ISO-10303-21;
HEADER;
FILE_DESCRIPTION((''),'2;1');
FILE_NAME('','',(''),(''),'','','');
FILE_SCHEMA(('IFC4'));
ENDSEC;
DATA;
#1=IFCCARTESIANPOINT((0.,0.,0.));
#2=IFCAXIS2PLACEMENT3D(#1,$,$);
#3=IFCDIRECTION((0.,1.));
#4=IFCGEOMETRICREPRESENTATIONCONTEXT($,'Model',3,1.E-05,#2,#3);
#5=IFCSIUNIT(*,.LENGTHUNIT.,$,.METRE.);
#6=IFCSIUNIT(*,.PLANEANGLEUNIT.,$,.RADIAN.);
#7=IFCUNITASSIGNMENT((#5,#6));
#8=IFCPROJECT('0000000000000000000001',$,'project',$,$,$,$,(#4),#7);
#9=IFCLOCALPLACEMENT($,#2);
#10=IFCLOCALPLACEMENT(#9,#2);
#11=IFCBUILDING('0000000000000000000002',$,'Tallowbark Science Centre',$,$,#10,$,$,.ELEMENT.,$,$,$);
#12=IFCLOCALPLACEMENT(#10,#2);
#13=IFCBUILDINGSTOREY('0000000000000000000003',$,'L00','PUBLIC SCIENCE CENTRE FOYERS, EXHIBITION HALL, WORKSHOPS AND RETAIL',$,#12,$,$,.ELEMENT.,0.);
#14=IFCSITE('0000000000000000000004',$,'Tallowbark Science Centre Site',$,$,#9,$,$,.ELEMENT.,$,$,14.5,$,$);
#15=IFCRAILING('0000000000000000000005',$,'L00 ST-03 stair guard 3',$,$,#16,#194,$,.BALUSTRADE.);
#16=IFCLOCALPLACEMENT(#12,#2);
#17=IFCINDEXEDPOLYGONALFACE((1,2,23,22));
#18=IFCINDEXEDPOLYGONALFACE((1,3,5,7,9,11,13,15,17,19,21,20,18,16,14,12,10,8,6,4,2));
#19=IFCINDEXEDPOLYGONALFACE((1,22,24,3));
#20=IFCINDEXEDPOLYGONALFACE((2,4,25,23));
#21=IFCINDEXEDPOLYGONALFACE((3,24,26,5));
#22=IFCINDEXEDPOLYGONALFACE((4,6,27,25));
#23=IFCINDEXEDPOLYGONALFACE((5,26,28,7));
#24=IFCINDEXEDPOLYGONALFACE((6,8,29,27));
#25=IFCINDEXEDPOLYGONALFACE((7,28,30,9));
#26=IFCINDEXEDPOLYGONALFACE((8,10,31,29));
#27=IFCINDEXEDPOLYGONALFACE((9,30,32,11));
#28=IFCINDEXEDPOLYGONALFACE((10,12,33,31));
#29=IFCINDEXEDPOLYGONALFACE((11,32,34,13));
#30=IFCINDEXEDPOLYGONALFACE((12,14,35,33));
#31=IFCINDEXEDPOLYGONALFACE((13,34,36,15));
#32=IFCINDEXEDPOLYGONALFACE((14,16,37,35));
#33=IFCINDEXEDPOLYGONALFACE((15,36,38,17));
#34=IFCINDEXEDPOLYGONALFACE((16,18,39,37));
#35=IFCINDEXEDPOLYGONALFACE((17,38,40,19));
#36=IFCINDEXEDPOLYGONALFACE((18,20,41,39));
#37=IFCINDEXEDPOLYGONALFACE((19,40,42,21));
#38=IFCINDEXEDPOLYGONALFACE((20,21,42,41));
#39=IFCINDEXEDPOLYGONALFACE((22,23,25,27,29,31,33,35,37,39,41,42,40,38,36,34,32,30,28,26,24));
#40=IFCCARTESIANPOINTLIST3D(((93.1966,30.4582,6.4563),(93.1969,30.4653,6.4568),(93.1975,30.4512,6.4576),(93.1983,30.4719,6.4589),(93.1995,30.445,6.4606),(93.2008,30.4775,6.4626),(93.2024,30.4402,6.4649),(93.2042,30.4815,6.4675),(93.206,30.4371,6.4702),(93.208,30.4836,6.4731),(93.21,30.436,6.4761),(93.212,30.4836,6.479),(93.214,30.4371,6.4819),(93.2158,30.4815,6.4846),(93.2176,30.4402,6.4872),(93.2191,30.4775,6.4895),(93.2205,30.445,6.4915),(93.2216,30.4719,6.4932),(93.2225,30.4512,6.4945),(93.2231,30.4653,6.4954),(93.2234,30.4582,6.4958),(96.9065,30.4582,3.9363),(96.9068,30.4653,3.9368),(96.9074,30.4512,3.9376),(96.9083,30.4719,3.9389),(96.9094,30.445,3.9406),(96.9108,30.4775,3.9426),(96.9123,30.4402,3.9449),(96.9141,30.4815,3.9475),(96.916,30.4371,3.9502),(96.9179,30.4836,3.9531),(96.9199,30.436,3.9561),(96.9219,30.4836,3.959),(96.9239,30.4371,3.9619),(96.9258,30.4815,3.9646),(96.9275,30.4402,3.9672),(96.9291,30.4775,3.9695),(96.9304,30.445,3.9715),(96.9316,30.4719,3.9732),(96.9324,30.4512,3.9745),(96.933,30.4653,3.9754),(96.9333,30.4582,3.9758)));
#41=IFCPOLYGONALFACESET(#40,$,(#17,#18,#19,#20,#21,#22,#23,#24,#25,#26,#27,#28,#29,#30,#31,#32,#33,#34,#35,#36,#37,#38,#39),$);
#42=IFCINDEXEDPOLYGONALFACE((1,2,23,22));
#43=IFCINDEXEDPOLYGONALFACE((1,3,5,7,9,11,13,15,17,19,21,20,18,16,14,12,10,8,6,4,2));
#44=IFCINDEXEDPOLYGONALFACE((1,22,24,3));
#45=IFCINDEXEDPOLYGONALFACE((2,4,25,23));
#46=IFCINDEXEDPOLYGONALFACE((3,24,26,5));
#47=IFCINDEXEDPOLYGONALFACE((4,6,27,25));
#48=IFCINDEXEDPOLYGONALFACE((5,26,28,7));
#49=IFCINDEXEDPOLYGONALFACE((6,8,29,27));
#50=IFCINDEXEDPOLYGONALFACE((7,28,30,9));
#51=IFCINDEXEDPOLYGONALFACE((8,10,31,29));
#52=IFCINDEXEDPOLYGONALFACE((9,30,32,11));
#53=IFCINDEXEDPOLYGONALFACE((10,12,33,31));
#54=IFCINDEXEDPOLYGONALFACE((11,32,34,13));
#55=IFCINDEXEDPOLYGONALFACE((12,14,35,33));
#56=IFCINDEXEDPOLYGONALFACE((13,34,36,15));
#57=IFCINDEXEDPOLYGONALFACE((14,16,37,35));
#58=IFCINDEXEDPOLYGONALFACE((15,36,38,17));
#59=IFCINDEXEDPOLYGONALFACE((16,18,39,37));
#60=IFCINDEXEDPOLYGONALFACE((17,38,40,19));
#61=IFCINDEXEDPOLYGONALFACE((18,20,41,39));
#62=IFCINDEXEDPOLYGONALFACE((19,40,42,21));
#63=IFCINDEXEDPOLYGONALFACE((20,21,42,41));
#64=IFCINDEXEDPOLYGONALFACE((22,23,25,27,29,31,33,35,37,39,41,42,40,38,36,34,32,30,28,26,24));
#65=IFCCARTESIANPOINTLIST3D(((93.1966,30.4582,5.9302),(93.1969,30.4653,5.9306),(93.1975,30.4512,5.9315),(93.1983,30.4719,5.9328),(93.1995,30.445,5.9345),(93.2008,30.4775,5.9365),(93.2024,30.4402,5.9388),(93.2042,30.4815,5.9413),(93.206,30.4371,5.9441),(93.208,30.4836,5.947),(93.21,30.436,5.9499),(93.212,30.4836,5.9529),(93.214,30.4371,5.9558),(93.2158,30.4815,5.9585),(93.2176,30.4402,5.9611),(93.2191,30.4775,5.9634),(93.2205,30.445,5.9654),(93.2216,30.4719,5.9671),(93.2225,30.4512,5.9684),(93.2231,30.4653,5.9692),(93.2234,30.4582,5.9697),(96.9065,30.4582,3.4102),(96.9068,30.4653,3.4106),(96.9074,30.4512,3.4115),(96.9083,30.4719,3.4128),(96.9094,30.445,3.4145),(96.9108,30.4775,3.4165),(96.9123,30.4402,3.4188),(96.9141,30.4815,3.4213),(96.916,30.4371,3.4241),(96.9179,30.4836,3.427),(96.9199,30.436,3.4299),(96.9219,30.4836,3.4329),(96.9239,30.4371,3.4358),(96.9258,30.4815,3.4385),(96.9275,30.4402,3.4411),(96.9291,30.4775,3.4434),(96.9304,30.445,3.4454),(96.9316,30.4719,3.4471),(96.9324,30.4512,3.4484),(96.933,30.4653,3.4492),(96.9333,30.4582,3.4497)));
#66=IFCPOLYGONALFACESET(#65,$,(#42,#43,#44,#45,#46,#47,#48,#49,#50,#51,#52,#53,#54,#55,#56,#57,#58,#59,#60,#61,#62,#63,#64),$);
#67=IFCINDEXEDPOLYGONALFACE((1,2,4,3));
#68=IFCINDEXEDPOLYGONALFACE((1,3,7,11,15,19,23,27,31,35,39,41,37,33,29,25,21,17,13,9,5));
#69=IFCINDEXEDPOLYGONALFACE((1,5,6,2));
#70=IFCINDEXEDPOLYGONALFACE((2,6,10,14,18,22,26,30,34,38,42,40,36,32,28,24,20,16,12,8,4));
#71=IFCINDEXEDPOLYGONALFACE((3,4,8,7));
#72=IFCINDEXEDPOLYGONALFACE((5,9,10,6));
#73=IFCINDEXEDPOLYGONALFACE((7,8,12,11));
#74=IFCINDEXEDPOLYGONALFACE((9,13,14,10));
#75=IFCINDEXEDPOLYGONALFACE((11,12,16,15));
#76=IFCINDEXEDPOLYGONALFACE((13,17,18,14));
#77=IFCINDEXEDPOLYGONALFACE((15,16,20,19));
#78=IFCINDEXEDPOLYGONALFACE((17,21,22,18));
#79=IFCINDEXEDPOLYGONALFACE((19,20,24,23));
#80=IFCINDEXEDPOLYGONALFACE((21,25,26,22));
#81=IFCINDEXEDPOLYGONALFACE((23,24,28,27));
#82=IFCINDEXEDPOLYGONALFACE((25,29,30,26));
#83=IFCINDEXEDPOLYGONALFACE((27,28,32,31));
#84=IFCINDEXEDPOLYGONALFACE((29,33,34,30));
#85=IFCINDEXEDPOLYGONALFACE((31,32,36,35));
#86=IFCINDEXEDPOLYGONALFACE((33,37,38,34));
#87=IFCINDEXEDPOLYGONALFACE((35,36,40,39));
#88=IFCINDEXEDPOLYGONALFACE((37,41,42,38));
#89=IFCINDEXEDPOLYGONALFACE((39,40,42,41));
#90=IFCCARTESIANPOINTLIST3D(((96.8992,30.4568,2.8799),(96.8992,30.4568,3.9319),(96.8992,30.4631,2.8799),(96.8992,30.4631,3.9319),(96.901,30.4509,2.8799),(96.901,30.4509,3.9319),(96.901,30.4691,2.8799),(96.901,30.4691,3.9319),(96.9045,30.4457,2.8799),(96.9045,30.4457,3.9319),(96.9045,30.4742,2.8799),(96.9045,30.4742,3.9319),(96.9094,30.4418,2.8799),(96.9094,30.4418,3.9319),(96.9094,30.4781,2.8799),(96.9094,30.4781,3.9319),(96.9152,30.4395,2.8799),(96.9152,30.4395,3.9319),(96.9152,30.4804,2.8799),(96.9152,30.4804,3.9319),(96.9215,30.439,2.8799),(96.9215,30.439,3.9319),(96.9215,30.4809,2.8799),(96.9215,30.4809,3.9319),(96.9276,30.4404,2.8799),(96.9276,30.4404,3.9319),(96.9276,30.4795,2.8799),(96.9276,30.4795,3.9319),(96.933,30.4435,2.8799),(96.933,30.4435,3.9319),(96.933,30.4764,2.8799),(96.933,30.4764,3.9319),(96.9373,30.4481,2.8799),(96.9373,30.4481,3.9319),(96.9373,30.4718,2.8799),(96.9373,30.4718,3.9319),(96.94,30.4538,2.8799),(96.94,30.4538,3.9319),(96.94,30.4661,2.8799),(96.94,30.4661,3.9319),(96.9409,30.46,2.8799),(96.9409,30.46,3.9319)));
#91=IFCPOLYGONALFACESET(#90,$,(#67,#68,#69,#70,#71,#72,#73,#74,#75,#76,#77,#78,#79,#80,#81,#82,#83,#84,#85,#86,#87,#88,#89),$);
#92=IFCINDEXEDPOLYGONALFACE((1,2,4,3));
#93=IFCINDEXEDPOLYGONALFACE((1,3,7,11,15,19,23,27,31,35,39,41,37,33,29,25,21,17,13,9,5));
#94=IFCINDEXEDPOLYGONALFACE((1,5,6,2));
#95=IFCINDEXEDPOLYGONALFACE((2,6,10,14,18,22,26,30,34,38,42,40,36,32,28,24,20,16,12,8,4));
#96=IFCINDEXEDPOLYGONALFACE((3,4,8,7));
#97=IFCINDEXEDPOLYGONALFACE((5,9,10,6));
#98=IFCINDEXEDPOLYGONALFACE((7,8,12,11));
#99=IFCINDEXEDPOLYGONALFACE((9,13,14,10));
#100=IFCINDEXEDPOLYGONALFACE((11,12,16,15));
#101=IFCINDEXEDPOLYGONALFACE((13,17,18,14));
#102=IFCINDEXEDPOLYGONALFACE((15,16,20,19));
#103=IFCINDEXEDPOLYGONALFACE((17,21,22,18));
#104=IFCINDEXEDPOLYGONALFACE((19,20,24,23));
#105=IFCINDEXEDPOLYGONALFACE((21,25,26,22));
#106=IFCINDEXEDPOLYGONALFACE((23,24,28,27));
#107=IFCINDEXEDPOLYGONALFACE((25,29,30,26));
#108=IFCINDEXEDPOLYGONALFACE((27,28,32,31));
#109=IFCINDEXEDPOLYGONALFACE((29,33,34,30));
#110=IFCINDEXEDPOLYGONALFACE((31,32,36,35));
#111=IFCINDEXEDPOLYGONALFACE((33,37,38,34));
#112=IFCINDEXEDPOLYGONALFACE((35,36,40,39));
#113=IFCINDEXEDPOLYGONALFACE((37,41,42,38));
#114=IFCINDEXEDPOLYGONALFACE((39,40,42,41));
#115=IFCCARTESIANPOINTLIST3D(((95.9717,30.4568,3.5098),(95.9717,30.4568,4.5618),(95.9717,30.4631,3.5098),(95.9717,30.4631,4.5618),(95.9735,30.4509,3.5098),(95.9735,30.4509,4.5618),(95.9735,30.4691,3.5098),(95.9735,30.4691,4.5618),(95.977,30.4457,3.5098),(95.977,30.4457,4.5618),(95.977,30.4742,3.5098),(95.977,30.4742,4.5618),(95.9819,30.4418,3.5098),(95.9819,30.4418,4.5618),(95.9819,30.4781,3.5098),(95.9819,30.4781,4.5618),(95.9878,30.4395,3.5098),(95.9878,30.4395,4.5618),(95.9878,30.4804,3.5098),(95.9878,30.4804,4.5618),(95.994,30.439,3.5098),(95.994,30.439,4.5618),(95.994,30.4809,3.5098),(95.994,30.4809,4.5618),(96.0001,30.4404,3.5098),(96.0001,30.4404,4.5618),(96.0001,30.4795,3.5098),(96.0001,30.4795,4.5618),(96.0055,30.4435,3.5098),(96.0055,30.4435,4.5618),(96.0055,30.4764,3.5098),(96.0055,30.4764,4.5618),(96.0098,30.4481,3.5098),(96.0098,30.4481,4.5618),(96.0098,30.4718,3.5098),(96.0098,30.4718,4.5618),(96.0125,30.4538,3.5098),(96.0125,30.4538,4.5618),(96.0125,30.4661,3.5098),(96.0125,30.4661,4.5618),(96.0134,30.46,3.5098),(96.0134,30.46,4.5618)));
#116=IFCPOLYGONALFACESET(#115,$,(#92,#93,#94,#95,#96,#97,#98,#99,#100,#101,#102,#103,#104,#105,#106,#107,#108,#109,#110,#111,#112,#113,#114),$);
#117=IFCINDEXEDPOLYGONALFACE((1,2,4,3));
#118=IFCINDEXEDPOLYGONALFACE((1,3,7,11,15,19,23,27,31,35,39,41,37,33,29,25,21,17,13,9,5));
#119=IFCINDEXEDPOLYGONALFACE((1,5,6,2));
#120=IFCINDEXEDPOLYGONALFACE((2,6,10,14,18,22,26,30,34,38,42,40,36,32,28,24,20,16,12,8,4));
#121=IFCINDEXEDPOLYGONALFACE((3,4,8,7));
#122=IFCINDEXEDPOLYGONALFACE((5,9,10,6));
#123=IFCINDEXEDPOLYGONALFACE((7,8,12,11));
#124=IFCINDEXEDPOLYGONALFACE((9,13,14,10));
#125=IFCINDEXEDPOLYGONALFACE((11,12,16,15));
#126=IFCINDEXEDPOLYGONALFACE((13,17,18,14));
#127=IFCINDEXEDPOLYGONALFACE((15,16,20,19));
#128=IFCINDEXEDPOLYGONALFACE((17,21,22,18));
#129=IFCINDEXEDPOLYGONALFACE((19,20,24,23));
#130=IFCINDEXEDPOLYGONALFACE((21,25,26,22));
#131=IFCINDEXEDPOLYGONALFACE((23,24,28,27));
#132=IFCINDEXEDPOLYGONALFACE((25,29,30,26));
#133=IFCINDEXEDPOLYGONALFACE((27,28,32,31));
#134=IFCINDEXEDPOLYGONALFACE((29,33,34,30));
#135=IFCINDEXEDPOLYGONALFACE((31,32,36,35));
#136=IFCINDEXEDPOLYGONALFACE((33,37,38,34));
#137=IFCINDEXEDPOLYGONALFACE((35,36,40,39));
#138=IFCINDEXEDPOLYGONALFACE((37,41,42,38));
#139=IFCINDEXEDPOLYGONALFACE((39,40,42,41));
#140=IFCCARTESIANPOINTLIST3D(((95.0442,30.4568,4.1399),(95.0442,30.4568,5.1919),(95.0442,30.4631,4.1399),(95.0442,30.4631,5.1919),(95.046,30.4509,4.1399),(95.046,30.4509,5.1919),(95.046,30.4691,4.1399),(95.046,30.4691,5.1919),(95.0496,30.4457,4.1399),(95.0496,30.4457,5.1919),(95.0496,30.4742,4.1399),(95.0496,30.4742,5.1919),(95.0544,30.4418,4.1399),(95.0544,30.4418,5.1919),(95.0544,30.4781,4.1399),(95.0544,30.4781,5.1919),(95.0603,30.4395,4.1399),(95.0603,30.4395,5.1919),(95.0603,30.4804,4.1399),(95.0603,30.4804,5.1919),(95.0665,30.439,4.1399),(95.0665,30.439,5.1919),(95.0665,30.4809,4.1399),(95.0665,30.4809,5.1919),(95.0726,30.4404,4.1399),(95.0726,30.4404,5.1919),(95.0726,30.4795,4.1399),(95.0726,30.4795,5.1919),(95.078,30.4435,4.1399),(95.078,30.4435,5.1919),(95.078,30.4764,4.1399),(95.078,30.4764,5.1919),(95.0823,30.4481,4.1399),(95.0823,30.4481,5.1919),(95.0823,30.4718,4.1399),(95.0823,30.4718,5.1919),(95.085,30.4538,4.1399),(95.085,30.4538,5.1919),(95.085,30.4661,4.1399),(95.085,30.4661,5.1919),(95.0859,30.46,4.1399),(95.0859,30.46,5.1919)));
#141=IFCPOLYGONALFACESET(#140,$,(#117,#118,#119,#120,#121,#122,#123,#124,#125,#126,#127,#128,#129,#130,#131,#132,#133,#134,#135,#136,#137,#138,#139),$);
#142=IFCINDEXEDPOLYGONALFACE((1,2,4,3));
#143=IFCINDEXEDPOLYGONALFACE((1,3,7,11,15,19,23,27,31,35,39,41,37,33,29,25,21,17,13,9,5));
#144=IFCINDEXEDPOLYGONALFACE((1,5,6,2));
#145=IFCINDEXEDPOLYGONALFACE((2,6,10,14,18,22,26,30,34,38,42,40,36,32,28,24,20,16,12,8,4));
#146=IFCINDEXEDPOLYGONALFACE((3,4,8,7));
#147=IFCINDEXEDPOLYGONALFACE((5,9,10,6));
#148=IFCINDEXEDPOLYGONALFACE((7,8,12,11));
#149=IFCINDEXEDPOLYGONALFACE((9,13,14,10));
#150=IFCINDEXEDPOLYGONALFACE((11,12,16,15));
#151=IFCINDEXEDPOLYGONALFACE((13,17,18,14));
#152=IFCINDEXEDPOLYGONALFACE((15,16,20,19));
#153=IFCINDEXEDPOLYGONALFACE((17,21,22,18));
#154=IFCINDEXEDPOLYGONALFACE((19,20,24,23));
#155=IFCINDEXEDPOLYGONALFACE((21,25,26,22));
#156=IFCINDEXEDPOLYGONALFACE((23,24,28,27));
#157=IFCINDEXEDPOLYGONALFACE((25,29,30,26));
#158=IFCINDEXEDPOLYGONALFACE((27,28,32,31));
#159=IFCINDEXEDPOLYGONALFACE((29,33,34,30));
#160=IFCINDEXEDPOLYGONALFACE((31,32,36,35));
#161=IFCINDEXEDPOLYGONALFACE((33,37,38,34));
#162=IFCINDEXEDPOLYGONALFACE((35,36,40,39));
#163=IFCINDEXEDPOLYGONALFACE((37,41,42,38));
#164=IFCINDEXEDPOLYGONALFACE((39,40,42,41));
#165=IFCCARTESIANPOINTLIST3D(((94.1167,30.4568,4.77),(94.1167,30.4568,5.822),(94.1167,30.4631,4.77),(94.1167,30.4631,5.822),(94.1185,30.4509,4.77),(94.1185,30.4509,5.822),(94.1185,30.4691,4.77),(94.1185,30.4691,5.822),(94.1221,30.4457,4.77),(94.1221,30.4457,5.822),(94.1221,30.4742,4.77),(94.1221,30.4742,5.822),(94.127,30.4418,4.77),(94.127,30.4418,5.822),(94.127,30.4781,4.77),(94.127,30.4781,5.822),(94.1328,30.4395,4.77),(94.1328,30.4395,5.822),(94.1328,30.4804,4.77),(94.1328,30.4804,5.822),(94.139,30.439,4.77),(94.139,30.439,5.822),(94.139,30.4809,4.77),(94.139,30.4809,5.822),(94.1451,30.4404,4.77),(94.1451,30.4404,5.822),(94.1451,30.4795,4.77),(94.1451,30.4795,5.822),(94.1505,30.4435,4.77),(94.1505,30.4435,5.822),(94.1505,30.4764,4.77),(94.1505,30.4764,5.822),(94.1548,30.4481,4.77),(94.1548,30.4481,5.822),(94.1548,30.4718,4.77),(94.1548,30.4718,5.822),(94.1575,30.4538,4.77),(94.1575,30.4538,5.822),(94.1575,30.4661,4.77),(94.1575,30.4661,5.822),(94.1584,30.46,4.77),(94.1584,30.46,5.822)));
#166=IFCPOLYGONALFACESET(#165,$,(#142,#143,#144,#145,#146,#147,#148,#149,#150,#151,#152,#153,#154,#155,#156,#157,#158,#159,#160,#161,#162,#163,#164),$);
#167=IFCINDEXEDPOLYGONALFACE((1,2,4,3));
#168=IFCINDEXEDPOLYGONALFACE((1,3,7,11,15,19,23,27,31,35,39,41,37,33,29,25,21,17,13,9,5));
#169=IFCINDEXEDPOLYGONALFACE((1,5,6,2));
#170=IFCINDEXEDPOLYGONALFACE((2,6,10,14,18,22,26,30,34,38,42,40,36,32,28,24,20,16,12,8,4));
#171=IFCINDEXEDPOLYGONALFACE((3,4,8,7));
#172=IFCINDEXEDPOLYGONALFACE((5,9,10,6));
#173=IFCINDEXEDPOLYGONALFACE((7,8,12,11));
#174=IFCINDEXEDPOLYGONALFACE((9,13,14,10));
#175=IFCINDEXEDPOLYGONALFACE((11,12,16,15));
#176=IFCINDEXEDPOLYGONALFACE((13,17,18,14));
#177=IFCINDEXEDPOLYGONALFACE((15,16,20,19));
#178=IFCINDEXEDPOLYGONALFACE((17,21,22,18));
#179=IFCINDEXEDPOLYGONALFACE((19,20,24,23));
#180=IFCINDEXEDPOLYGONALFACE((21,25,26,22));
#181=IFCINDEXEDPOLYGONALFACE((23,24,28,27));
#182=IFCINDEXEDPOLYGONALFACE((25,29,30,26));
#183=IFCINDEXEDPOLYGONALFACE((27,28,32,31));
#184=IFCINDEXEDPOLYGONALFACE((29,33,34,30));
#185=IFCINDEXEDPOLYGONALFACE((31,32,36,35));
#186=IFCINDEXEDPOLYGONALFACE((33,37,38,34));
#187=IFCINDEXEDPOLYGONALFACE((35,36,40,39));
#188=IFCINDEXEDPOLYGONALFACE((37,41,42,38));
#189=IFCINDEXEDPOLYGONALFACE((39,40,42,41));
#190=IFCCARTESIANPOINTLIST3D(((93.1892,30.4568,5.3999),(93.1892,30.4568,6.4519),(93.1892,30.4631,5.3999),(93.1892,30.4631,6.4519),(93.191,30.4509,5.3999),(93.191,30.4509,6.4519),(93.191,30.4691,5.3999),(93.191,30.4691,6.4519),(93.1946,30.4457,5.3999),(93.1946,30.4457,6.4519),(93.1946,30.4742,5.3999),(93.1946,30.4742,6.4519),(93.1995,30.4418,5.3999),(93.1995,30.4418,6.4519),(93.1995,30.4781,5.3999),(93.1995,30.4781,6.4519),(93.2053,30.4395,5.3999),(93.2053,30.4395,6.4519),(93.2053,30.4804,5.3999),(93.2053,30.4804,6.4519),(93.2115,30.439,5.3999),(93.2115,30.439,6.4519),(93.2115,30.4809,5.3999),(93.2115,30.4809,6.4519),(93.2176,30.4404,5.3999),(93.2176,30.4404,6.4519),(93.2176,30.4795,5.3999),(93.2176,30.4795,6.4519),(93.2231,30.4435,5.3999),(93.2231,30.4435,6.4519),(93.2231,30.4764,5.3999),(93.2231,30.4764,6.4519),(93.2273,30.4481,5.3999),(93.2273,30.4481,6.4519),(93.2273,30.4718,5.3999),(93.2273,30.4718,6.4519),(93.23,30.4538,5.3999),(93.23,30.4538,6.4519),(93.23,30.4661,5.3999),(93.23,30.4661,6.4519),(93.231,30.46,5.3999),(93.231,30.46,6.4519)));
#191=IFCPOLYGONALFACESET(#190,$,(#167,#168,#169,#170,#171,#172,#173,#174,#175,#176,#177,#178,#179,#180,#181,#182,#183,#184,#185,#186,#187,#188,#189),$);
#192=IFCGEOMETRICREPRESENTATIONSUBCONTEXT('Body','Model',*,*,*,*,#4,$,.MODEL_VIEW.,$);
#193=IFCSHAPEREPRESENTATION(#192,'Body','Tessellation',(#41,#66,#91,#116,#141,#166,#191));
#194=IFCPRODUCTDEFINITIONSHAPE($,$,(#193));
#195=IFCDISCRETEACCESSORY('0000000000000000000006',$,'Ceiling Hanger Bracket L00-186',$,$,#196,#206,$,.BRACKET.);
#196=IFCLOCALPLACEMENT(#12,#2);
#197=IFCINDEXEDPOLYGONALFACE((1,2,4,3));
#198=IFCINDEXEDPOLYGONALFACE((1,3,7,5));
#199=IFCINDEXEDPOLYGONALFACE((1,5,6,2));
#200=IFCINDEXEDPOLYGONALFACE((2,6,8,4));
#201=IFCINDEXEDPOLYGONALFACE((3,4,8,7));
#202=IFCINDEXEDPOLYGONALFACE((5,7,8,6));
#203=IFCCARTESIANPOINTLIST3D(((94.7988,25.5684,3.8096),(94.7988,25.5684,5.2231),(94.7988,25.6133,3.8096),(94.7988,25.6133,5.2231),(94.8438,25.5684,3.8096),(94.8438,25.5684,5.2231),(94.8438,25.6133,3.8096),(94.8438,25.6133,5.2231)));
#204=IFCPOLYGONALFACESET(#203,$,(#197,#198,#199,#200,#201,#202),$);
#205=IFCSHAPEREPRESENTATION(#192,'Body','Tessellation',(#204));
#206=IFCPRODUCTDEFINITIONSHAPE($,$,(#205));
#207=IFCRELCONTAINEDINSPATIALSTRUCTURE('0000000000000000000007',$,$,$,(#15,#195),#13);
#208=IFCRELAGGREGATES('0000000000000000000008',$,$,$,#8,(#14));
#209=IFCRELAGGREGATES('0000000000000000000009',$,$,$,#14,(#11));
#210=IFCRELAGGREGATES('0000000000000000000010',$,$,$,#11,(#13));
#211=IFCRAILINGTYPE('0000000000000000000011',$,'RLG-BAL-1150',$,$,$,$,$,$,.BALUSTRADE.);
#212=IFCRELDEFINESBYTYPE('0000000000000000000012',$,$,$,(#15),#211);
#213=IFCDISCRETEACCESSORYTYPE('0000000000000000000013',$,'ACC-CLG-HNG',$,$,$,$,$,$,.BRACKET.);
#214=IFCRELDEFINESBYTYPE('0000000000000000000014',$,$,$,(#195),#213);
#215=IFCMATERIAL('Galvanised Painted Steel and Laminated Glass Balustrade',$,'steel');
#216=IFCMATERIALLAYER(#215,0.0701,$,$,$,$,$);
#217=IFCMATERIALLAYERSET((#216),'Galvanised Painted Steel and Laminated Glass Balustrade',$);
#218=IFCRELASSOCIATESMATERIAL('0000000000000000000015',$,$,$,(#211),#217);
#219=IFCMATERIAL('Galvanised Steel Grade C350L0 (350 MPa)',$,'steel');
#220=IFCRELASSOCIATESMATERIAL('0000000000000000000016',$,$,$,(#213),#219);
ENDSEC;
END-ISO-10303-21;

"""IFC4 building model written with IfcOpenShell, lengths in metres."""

from ifc_helpers import new_model, si_unit, direction, frame, origin, origin_2d, place, context, subcontext, project, spatial, rectangle, circle, extrude, material, layer, layer_set, type_object, element, save


model = new_model("IFC4")

# Units and contexts
model_context = context("Model", 3, precision=1e-05, world=origin(), true_north=direction((0.0, 1.0)))
body_context = subcontext(model_context, "Body", "Model", "MODEL_VIEW")
ifc_project = project(units=[si_unit("LENGTHUNIT", "METRE"), si_unit("PLANEANGLEUNIT", "RADIAN")], contexts=[model_context])

# Site, building, storey
site_placement = place(None, origin())
site = spatial("IfcSite", under=ifc_project, at=site_placement, Name="Tallowbark Science Centre Site", CompositionType="ELEMENT", RefElevation=14.5)
building_placement = place(site_placement, origin())
building = spatial("IfcBuilding", under=site, at=building_placement, Name="Tallowbark Science Centre", CompositionType="ELEMENT")
storey_placement = place(building_placement, origin())
storey = spatial("IfcBuildingStorey", under=building, at=storey_placement, Name="L00", Description="PUBLIC SCIENCE CENTRE FOYERS, EXHIBITION HALL, WORKSHOPS AND RETAIL", CompositionType="ELEMENT", Elevation=0.0)

# Railing
ifc_material_1 = material(Name="Galvanised Painted Steel and Laminated Glass Balustrade", Category="steel")
ifc_layer_1 = layer(ifc_material_1, 0.0701)
ifc_layer_set_1 = layer_set([ifc_layer_1], Name="Galvanised Painted Steel and Laminated Glass Balustrade")
railing_type = type_object("IfcRailingType", Name="RLG-BAL-1150", PredefinedType="BALUSTRADE", material=ifc_layer_set_1)
railing_1_placement = place(storey_placement, frame((96.9199, 30.46, 2.8799)))
element("IfcRailing", 1, at=railing_1_placement, inside=storey, type_object=railing_type, Name="L00 ST-03 stair guard 3", PredefinedType="BALUSTRADE", context=body_context, shape_type="SweptSolid", body=[
    extrude(circle(Radius=0.0239, at=origin_2d()), frame((0.0, 0.0, 1.0762), z_axis=(-0.827212, 0.0, 0.56189), x_axis=(0.0, -1.0, 0.0)), (0.0, 0.0, 1.0), 4.4849),
    extrude(circle(Radius=0.0239, at=origin_2d()), frame((0.0, 0.0, 0.55), z_axis=(-0.827212, 0.0, 0.56189), x_axis=(0.0, -1.0, 0.0)), (0.0, 0.0, 1.0), 4.4849),
    extrude(circle(Radius=0.021, at=origin_2d()), origin(), (0.0, 0.0, 1.0), 1.052),
    extrude(circle(Radius=0.021, at=origin_2d()), frame((-0.9275, 0.0, 0.6299)), (0.0, 0.0, 1.0), 1.052),
    extrude(circle(Radius=0.021, at=origin_2d()), frame((-1.855, 0.0, 1.26)), (0.0, 0.0, 1.0), 1.052),
    extrude(circle(Radius=0.021, at=origin_2d()), frame((-2.7825, 0.0, 1.8901)), (0.0, 0.0, 1.0), 1.052),
    extrude(circle(Radius=0.021, at=origin_2d()), frame((-3.71, 0.0, 2.52)), (0.0, 0.0, 1.0), 1.052),
])

# Discrete accessory
ifc_material_2 = material(Name="Galvanised Steel Grade C350L0 (350 MPa)", Category="steel")
discrete_accessory_type = type_object("IfcDiscreteAccessoryType", Name="ACC-CLG-HNG", PredefinedType="BRACKET", material=ifc_material_2)
for number, where, z_axis, x_axis, name in (
    (2, (94.8213, 25.5908, 3.8096), (0.0, 0.0, 1.0), (1.0, 0.0, 0.0), "Ceiling Hanger Bracket L00-186"),
):
    element("IfcDiscreteAccessory", number, at=place(storey_placement, frame(where, z_axis=z_axis, x_axis=x_axis)), inside=storey, type_object=discrete_accessory_type, Name=name, PredefinedType="BRACKET", context=body_context, shape_type="SweptSolid", body=[
        extrude(rectangle(XDim=0.0449, YDim=0.0449, at=origin_2d()), origin(), (0.0, 0.0, 1.0), 1.4136),
    ])

save(model, "model.ifc")
